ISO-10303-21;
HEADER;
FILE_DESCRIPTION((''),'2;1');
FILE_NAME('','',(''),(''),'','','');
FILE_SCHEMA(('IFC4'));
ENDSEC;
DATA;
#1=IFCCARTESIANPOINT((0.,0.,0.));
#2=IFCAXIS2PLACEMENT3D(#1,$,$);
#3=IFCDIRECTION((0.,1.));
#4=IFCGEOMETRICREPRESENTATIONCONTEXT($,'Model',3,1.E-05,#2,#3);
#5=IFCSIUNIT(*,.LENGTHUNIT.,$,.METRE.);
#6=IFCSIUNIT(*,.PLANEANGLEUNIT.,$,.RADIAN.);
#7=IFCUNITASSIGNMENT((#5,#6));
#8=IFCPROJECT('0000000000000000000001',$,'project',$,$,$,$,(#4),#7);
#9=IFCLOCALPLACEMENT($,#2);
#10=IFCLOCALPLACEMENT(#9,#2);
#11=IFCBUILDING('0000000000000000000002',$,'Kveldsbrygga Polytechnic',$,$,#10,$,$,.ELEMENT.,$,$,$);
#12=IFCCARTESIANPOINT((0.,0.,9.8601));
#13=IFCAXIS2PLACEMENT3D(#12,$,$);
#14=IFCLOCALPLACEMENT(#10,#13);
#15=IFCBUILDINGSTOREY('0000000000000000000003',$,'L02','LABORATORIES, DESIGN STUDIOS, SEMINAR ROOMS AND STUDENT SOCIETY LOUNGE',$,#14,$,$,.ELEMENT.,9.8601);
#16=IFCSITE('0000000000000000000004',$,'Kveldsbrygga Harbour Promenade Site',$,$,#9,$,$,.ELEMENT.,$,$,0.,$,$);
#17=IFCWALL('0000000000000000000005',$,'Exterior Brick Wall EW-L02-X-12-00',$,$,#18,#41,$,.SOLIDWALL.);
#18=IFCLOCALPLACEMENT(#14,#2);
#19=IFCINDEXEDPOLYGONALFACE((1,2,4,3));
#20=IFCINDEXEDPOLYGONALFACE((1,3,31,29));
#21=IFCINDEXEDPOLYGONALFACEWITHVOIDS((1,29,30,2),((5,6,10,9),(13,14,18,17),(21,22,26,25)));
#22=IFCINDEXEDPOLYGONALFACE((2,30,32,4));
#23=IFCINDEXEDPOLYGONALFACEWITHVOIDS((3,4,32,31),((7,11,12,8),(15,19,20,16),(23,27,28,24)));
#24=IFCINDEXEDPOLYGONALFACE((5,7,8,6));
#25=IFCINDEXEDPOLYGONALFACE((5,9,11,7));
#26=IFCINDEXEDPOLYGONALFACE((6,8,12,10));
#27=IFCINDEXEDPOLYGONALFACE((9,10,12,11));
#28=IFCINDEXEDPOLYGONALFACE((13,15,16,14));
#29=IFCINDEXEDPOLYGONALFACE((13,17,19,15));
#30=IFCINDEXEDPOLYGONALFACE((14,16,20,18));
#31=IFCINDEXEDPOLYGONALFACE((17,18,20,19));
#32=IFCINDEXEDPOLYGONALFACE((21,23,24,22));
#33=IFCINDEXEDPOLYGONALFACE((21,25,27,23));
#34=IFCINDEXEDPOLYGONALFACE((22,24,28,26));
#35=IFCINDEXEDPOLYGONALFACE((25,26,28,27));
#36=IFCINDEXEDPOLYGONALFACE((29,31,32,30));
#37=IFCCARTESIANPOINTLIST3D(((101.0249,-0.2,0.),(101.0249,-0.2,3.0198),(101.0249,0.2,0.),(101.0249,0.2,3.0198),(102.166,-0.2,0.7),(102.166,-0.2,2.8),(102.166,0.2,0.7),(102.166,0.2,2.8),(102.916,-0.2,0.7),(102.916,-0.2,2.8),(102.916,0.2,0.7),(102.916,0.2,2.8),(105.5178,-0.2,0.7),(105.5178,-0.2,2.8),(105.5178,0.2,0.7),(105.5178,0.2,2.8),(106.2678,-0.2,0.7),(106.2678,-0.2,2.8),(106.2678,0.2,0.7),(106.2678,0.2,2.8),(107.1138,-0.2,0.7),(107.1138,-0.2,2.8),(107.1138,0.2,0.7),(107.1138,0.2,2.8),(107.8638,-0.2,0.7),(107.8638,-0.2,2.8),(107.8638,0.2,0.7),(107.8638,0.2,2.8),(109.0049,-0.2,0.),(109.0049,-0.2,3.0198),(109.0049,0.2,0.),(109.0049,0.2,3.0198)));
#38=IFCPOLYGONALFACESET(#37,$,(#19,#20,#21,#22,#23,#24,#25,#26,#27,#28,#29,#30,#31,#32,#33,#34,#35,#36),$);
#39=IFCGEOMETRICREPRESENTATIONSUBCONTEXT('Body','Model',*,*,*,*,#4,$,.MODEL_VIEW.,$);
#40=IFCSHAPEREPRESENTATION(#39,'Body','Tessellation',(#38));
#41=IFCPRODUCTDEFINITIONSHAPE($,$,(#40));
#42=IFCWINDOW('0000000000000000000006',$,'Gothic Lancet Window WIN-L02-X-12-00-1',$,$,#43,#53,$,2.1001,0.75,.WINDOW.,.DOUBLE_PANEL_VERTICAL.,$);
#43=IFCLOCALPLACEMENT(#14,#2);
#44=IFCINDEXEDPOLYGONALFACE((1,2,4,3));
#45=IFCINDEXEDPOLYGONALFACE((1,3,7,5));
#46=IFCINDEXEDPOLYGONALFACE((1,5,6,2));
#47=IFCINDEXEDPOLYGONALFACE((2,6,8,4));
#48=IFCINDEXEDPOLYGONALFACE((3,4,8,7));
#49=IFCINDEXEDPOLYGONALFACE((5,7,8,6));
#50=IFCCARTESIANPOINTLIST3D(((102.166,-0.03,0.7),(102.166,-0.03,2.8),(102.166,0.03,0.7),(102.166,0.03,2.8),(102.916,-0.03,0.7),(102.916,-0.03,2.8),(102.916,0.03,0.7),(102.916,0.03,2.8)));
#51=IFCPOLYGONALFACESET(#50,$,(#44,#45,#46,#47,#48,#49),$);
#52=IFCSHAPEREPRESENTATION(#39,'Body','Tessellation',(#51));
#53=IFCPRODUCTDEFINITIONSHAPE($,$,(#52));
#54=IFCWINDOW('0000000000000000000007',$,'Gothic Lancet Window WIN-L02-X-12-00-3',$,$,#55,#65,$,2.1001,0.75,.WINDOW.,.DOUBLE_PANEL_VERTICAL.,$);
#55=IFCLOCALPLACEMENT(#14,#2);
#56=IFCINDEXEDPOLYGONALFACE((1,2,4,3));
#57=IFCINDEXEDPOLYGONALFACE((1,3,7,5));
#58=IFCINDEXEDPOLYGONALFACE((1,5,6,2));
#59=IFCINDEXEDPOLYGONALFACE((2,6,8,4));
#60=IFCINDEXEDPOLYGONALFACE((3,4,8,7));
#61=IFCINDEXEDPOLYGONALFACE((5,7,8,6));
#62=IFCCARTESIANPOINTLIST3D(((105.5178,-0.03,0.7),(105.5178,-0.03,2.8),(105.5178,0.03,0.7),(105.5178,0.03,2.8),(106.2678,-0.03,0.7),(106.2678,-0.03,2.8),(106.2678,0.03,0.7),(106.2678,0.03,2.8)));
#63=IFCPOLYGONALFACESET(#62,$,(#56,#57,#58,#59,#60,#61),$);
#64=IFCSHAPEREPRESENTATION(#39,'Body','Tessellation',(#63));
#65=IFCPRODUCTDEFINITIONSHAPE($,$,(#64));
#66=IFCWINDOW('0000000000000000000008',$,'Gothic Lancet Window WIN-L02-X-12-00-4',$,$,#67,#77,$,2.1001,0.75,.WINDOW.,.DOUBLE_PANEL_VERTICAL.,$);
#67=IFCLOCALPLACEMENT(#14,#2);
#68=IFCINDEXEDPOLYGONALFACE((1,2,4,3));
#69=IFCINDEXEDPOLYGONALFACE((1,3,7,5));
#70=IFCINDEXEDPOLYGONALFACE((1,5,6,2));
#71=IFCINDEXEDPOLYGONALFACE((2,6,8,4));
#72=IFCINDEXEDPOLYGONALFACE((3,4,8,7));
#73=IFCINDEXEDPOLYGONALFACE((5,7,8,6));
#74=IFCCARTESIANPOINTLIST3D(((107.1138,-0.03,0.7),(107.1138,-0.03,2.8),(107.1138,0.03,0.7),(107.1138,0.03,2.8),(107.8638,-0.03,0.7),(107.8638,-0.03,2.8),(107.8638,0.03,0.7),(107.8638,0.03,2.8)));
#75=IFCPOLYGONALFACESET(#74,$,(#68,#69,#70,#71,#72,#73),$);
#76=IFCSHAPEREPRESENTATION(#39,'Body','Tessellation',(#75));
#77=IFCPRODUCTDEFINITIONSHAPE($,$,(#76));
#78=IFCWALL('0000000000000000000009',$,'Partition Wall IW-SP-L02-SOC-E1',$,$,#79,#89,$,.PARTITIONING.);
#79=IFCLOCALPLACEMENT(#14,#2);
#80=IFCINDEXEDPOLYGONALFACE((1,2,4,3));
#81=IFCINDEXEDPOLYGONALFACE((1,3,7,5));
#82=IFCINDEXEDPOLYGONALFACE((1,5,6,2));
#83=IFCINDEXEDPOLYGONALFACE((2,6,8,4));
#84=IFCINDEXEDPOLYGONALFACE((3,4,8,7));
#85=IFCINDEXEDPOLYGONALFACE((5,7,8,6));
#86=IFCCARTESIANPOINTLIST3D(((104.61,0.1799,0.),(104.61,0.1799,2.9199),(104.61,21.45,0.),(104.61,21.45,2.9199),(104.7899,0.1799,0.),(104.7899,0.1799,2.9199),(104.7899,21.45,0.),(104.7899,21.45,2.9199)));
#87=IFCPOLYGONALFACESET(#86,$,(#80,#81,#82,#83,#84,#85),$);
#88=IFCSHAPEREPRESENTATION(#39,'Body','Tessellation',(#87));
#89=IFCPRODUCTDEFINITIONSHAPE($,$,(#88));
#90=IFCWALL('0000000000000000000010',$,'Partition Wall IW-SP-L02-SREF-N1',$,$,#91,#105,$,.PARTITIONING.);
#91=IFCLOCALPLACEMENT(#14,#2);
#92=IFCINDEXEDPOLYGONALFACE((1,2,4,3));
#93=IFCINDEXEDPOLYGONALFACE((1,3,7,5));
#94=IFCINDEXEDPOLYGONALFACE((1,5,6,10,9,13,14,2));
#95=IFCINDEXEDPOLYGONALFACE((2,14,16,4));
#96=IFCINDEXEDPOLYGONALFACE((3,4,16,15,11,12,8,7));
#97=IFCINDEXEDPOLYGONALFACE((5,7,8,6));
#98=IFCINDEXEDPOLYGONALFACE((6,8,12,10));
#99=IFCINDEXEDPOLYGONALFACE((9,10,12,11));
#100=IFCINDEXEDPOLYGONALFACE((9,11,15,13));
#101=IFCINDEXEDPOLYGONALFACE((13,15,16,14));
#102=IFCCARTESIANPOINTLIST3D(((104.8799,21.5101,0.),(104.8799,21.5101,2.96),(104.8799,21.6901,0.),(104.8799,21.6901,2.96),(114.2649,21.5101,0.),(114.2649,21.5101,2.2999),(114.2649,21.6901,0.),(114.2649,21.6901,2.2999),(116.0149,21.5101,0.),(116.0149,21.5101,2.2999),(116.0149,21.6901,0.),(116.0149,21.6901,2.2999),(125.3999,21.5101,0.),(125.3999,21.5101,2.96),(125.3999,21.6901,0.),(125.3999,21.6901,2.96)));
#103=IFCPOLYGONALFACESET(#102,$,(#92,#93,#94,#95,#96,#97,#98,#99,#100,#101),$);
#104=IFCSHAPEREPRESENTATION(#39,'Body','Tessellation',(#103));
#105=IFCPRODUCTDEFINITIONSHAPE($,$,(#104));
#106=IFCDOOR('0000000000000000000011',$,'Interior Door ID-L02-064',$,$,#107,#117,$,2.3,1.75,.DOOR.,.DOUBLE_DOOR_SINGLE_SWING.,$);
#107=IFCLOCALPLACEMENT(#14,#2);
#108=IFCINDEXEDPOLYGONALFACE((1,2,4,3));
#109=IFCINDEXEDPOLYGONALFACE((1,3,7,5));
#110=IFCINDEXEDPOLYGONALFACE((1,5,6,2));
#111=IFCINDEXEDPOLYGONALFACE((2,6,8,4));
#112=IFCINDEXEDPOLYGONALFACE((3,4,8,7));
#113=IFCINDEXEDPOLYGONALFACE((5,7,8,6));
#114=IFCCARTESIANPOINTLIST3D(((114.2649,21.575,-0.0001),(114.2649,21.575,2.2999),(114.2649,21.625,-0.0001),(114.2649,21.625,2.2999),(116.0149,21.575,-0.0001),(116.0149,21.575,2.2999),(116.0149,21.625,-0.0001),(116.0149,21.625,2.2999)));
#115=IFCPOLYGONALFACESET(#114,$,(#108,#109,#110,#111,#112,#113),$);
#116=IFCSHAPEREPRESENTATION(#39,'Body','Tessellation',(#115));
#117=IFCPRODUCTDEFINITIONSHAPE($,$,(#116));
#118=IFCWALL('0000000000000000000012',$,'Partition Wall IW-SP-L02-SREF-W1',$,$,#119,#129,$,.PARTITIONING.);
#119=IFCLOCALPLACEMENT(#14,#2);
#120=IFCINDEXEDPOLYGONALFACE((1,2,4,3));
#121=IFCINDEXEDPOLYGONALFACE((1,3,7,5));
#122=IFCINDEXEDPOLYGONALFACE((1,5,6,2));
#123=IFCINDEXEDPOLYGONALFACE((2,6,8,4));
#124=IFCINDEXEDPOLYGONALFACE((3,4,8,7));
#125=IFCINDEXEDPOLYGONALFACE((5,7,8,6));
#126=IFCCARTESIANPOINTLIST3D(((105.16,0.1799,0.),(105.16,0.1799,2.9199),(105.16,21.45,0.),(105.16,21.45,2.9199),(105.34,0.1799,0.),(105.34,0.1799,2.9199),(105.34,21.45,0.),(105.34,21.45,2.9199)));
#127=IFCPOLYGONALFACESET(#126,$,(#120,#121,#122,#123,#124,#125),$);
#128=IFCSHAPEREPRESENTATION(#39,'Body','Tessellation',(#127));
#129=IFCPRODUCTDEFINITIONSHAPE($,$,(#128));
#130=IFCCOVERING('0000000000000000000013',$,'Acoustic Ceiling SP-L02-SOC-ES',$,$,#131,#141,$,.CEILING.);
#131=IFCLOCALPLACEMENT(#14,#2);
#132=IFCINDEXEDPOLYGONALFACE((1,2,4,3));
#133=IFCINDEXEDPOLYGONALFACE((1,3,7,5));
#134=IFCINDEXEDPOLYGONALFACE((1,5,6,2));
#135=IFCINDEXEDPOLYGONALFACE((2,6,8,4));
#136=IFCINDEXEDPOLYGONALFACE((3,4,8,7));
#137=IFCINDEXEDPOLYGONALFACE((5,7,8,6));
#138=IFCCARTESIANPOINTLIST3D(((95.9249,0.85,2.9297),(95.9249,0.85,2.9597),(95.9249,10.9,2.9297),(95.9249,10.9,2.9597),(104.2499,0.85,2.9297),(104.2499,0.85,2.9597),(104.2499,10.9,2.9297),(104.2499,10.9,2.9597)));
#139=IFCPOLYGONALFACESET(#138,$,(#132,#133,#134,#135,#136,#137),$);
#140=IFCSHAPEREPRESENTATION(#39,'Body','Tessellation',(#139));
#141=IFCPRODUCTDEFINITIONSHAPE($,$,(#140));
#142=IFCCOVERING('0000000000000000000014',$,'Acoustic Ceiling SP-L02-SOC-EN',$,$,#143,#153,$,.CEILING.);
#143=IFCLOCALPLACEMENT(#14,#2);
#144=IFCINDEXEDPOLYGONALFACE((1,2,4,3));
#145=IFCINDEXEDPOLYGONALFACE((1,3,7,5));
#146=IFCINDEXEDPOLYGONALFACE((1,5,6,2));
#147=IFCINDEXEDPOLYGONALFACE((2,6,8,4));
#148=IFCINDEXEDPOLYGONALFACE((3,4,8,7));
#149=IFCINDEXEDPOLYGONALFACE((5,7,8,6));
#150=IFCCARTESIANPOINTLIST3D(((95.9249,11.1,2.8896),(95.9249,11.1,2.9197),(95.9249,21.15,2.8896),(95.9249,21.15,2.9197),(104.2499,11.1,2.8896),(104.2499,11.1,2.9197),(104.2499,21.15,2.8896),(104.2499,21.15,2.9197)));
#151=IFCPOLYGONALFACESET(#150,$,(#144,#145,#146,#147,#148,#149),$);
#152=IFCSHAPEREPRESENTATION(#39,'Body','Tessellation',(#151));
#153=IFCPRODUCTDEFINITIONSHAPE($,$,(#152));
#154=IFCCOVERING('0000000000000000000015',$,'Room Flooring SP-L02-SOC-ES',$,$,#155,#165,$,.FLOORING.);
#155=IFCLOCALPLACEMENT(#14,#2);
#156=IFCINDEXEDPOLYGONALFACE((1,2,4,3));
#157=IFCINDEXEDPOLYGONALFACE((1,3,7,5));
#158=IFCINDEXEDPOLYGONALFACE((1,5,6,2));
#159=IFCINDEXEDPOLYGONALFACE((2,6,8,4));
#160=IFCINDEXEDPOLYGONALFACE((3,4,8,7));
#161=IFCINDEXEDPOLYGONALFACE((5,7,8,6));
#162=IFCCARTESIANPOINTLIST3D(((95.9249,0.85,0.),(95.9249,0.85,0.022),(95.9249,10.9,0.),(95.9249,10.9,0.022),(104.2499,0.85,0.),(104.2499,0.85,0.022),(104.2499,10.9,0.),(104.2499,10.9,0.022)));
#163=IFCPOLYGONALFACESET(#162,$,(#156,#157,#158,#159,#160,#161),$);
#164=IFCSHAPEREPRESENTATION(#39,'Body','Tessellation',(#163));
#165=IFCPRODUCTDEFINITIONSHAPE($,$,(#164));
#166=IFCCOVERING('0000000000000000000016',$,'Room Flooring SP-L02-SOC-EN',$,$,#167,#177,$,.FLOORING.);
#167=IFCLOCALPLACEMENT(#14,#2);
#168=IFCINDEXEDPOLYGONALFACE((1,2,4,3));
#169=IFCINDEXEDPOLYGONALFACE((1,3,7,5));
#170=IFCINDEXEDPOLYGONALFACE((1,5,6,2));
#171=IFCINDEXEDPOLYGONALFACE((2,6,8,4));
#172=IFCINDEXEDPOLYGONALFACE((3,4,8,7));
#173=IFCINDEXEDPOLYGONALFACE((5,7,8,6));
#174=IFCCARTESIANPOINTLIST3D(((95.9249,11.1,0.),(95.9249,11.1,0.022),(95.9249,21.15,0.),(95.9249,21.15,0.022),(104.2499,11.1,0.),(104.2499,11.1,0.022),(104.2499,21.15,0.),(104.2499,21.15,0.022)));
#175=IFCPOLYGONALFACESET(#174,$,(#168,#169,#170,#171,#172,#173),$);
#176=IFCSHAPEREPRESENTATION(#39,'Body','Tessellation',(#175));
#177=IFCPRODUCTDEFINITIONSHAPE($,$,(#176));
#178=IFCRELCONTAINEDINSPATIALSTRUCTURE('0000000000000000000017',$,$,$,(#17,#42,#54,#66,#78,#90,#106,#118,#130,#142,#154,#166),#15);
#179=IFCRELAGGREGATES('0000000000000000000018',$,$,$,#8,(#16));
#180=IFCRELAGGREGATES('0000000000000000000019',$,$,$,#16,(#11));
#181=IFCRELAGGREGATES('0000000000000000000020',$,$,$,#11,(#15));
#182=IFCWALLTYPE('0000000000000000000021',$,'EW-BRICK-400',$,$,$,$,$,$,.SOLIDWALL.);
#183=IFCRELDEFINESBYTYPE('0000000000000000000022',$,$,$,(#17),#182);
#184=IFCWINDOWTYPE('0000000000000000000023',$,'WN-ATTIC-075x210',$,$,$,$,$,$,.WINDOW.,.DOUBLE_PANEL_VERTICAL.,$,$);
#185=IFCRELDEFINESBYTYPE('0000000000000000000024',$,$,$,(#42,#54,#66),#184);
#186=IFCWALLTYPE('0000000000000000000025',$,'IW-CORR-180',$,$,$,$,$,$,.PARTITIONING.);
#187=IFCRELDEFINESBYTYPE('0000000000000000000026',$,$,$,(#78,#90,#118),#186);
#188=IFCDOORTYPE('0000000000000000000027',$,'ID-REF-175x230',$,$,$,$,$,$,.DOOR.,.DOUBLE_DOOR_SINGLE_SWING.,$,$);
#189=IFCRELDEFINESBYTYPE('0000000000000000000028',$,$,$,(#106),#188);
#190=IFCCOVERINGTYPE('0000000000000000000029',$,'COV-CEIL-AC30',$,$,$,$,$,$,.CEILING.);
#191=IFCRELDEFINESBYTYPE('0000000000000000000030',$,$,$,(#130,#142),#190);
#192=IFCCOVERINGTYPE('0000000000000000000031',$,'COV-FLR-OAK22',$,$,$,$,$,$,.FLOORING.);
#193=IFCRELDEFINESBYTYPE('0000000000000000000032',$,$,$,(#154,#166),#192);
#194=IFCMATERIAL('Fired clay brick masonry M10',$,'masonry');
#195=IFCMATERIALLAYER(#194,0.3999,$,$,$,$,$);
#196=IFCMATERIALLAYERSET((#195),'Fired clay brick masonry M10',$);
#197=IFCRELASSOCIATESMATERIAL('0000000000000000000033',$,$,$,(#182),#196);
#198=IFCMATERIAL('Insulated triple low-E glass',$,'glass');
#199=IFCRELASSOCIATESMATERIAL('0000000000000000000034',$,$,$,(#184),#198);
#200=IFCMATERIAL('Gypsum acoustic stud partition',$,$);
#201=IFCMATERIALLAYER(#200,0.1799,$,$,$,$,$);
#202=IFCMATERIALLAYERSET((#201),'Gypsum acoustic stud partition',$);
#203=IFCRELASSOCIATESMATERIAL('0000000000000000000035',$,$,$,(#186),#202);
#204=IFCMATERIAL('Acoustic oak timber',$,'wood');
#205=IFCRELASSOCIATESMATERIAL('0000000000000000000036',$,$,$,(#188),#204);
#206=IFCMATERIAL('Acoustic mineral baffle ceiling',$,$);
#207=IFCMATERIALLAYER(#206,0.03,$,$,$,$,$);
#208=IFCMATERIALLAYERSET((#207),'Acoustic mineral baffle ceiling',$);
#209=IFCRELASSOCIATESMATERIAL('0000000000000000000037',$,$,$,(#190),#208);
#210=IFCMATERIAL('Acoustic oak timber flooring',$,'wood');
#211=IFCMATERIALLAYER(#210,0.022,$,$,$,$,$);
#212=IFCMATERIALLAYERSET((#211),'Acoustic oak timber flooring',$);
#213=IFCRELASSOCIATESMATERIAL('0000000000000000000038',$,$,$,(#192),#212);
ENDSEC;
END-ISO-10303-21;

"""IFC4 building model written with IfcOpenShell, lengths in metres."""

from ifc_helpers import new_model, si_unit, direction, frame, frame_2d, origin, origin_2d, place, context, subcontext, project, spatial, rectangle, extrude, material, layer, layer_set, type_object, element, fill, save


model = new_model("IFC4")

# Units and contexts
model_context = context("Model", 3, precision=1e-05, world=origin(), true_north=direction((0.0, 1.0)))
body_context = subcontext(model_context, "Body", "Model", "MODEL_VIEW")
ifc_project = project(units=[si_unit("LENGTHUNIT", "METRE"), si_unit("PLANEANGLEUNIT", "RADIAN")], contexts=[model_context])

# Site, building, storey
site_placement = place(None, origin())
site = spatial("IfcSite", under=ifc_project, at=site_placement, Name="Kveldsbrygga Harbour Promenade Site", CompositionType="ELEMENT", RefElevation=0.0)
building_placement = place(site_placement, origin())
building = spatial("IfcBuilding", under=site, at=building_placement, Name="Kveldsbrygga Polytechnic", CompositionType="ELEMENT")
storey_placement = place(building_placement, frame((0.0, 0.0, 9.8601)))
storey = spatial("IfcBuildingStorey", under=building, at=storey_placement, Name="L02", Description="LABORATORIES, DESIGN STUDIOS, SEMINAR ROOMS AND STUDENT SOCIETY LOUNGE", CompositionType="ELEMENT", Elevation=9.8601)

# Shared definitions
ifc_material_1 = material(Name="Insulated triple low-E glass", Category="glass")

# Wall, openings, windows
ifc_material_2 = material(Name="Fired clay brick masonry M10", Category="masonry")
ifc_layer_1 = layer(ifc_material_2, 0.3999)
ifc_layer_set_1 = layer_set([ifc_layer_1], Name="Fired clay brick masonry M10")
wall_type_1 = type_object("IfcWallType", Name="EW-BRICK-400", PredefinedType="SOLIDWALL", material=ifc_layer_set_1)
wall_1_placement = place(storey_placement, frame((101.0249, 0.0, 0.0), z_axis=(0.0, 0.0, 1.0), x_axis=(1.0, 0.0, 0.0)))
wall_1 = element("IfcWall", 1, at=wall_1_placement, inside=storey, type_object=wall_type_1, Name="Exterior Brick Wall EW-L02-X-12-00", PredefinedType="SOLIDWALL", context=body_context, shape_type="SweptSolid", body=[
    extrude(rectangle(XDim=7.98, YDim=0.3999, at=frame_2d((3.99, 0.0))), origin(), (0.0, 0.0, 1.0), 3.0198),
])
opening_1_placement = place(wall_1_placement, frame((1.1411, 0.0, 0.7)))
opening_1 = element("IfcOpeningElement", 2, at=opening_1_placement, cuts=wall_1, PredefinedType="OPENING", context=body_context, shape_type="SweptSolid", body=[
    extrude(rectangle(XDim=0.75, YDim=2.1001, at=frame_2d((0.375, 1.05))), frame((0.0, 0.21, 0.0), z_axis=(0.0, -1.0, 0.0), x_axis=(1.0, 0.0, 0.0)), (0.0, 0.0, 1.0), 0.4199),
])
opening_2_placement = place(wall_1_placement, frame((4.4929, 0.0, 0.7)))
opening_2 = element("IfcOpeningElement", 3, at=opening_2_placement, cuts=wall_1, PredefinedType="OPENING", context=body_context, shape_type="SweptSolid", body=[
    extrude(rectangle(XDim=0.75, YDim=2.1001, at=frame_2d((0.375, 1.05))), frame((0.0, 0.21, 0.0), z_axis=(0.0, -1.0, 0.0), x_axis=(1.0, 0.0, 0.0)), (0.0, 0.0, 1.0), 0.4199),
])
opening_3_placement = place(wall_1_placement, frame((6.0889, 0.0, 0.7)))
opening_3 = element("IfcOpeningElement", 4, at=opening_3_placement, cuts=wall_1, PredefinedType="OPENING", context=body_context, shape_type="SweptSolid", body=[
    extrude(rectangle(XDim=0.75, YDim=2.1001, at=frame_2d((0.375, 1.05))), frame((0.0, 0.21, 0.0), z_axis=(0.0, -1.0, 0.0), x_axis=(1.0, 0.0, 0.0)), (0.0, 0.0, 1.0), 0.4199),
])
window_type = type_object("IfcWindowType", Name="WN-ATTIC-075x210", PartitioningType="DOUBLE_PANEL_VERTICAL", PredefinedType="WINDOW", material=ifc_material_1)
window_1_placement = place(opening_1_placement, origin())
window_1 = element("IfcWindow", 5, at=window_1_placement, inside=storey, type_object=window_type, Name="Gothic Lancet Window WIN-L02-X-12-00-1", OverallHeight=2.1001, OverallWidth=0.75, PartitioningType="DOUBLE_PANEL_VERTICAL", PredefinedType="WINDOW", context=body_context, shape_type="SweptSolid", body=[
    extrude(rectangle(XDim=0.75, YDim=2.1001, at=frame_2d((0.375, 1.05))), frame((0.0, 0.03, 0.0), z_axis=(0.0, -1.0, 0.0), x_axis=(1.0, 0.0, 0.0)), (0.0, 0.0, 1.0), 0.0601),
])
fill(opening_1, window_1)
window_2_placement = place(opening_2_placement, origin())
window_2 = element("IfcWindow", 6, at=window_2_placement, inside=storey, type_object=window_type, Name="Gothic Lancet Window WIN-L02-X-12-00-3", OverallHeight=2.1001, OverallWidth=0.75, PartitioningType="DOUBLE_PANEL_VERTICAL", PredefinedType="WINDOW", context=body_context, shape_type="SweptSolid", body=[
    extrude(rectangle(XDim=0.75, YDim=2.1001, at=frame_2d((0.375, 1.05))), frame((0.0, 0.03, 0.0), z_axis=(0.0, -1.0, 0.0), x_axis=(1.0, 0.0, 0.0)), (0.0, 0.0, 1.0), 0.0601),
])
fill(opening_2, window_2)
window_3_placement = place(opening_3_placement, origin())
window_3 = element("IfcWindow", 7, at=window_3_placement, inside=storey, type_object=window_type, Name="Gothic Lancet Window WIN-L02-X-12-00-4", OverallHeight=2.1001, OverallWidth=0.75, PartitioningType="DOUBLE_PANEL_VERTICAL", PredefinedType="WINDOW", context=body_context, shape_type="SweptSolid", body=[
    extrude(rectangle(XDim=0.75, YDim=2.1001, at=frame_2d((0.375, 1.05))), frame((0.0, 0.03, 0.0), z_axis=(0.0, -1.0, 0.0), x_axis=(1.0, 0.0, 0.0)), (0.0, 0.0, 1.0), 0.0601),
])
fill(opening_3, window_3)

# Wall
ifc_material_3 = material(Name="Gypsum acoustic stud partition")
ifc_layer_2 = layer(ifc_material_3, 0.1799)
ifc_layer_set_2 = layer_set([ifc_layer_2], Name="Gypsum acoustic stud partition")
wall_type_2 = type_object("IfcWallType", Name="IW-CORR-180", PredefinedType="PARTITIONING", material=ifc_layer_set_2)
wall_2_placement = place(storey_placement, frame((104.7, 0.1799, 0.0), z_axis=(0.0, 0.0, 1.0), x_axis=(0.0, 1.0, 0.0)))
element("IfcWall", 8, at=wall_2_placement, inside=storey, type_object=wall_type_2, Name="Partition Wall IW-SP-L02-SOC-E1", PredefinedType="PARTITIONING", context=body_context, shape_type="SweptSolid", body=[
    extrude(rectangle(XDim=21.27, YDim=0.1799, at=frame_2d((10.635, 0.0))), origin(), (0.0, 0.0, 1.0), 2.9199),
])

# Wall, opening, door
wall_3_placement = place(storey_placement, frame((104.8799, 21.6001, 0.0), z_axis=(0.0, 0.0, 1.0), x_axis=(1.0, 0.0, 0.0)))
wall_3 = element("IfcWall", 9, at=wall_3_placement, inside=storey, type_object=wall_type_2, Name="Partition Wall IW-SP-L02-SREF-N1", PredefinedType="PARTITIONING", context=body_context, shape_type="SweptSolid", body=[
    extrude(rectangle(XDim=20.52, YDim=0.1799, at=frame_2d((10.26, 0.0))), origin(), (0.0, 0.0, 1.0), 2.96),
])
opening_4_placement = place(wall_3_placement, frame((9.385, 0.0, 0.0)))
opening_4 = element("IfcOpeningElement", 10, at=opening_4_placement, cuts=wall_3, PredefinedType="OPENING", context=body_context, shape_type="SweptSolid", body=[
    extrude(rectangle(XDim=1.75, YDim=2.3, at=frame_2d((0.875, 1.1499))), frame((0.0, 0.1001, 0.0), z_axis=(0.0, -1.0, 0.0), x_axis=(1.0, 0.0, 0.0)), (0.0, 0.0, 1.0), 0.2),
])
ifc_material_4 = material(Name="Acoustic oak timber", Category="wood")
door_type = type_object("IfcDoorType", Name="ID-REF-175x230", OperationType="DOUBLE_DOOR_SINGLE_SWING", PredefinedType="DOOR", material=ifc_material_4)
door_placement = place(opening_4_placement, origin())
door = element("IfcDoor", 11, at=door_placement, inside=storey, type_object=door_type, Name="Interior Door ID-L02-064", OperationType="DOUBLE_DOOR_SINGLE_SWING", OverallHeight=2.3, OverallWidth=1.75, PredefinedType="DOOR", context=body_context, shape_type="SweptSolid", body=[
    extrude(rectangle(XDim=1.75, YDim=2.3, at=frame_2d((0.875, 1.1499))), frame((0.0, 0.0249, 0.0), z_axis=(0.0, -1.0, 0.0), x_axis=(1.0, 0.0, 0.0)), (0.0, 0.0, 1.0), 0.05),
])
fill(opening_4, door)

# Wall
wall_4_placement = place(storey_placement, frame((105.25, 0.1799, 0.0), z_axis=(0.0, 0.0, 1.0), x_axis=(0.0, 1.0, 0.0)))
element("IfcWall", 12, at=wall_4_placement, inside=storey, type_object=wall_type_2, Name="Partition Wall IW-SP-L02-SREF-W1", PredefinedType="PARTITIONING", context=body_context, shape_type="SweptSolid", body=[
    extrude(rectangle(XDim=21.27, YDim=0.1799, at=frame_2d((10.635, 0.0))), origin(), (0.0, 0.0, 1.0), 2.9199),
])

# Coverings
ifc_material_5 = material(Name="Acoustic mineral baffle ceiling")
ifc_layer_3 = layer(ifc_material_5, 0.03)
ifc_layer_set_3 = layer_set([ifc_layer_3], Name="Acoustic mineral baffle ceiling")
covering_type_1 = type_object("IfcCoveringType", Name="COV-CEIL-AC30", PredefinedType="CEILING", material=ifc_layer_set_3)
for number, where, z_axis, x_axis, name in (
    (13, (100.0874, 5.875, 2.9297), (0.0, 0.0, 1.0), (1.0, 0.0, 0.0), "Acoustic Ceiling SP-L02-SOC-ES"),
    (14, (100.0874, 16.125, 2.8896), (0.0, 0.0, 1.0), (1.0, 0.0, 0.0), "Acoustic Ceiling SP-L02-SOC-EN"),
):
    element("IfcCovering", number, at=place(storey_placement, frame(where, z_axis=z_axis, x_axis=x_axis)), inside=storey, type_object=covering_type_1, Name=name, PredefinedType="CEILING", context=body_context, shape_type="SweptSolid", body=[
        extrude(rectangle(XDim=8.325, YDim=10.05, at=origin_2d()), origin(), (0.0, 0.0, 1.0), 0.03),
    ])
ifc_material_6 = material(Name="Acoustic oak timber flooring", Category="wood")
ifc_layer_4 = layer(ifc_material_6, 0.022)
ifc_layer_set_4 = layer_set([ifc_layer_4], Name="Acoustic oak timber flooring")
covering_type_2 = type_object("IfcCoveringType", Name="COV-FLR-OAK22", PredefinedType="FLOORING", material=ifc_layer_set_4)
for number, where, z_axis, x_axis, name in (
    (15, (100.0874, 5.875, 0.0), (0.0, 0.0, 1.0), (1.0, 0.0, 0.0), "Room Flooring SP-L02-SOC-ES"),
    (16, (100.0874, 16.125, 0.0), (0.0, 0.0, 1.0), (1.0, 0.0, 0.0), "Room Flooring SP-L02-SOC-EN"),
):
    element("IfcCovering", number, at=place(storey_placement, frame(where, z_axis=z_axis, x_axis=x_axis)), inside=storey, type_object=covering_type_2, Name=name, PredefinedType="FLOORING", context=body_context, shape_type="SweptSolid", body=[
        extrude(rectangle(XDim=8.325, YDim=10.05, at=origin_2d()), origin(), (0.0, 0.0, 1.0), 0.022),
    ])

save(model, "model.ifc")
